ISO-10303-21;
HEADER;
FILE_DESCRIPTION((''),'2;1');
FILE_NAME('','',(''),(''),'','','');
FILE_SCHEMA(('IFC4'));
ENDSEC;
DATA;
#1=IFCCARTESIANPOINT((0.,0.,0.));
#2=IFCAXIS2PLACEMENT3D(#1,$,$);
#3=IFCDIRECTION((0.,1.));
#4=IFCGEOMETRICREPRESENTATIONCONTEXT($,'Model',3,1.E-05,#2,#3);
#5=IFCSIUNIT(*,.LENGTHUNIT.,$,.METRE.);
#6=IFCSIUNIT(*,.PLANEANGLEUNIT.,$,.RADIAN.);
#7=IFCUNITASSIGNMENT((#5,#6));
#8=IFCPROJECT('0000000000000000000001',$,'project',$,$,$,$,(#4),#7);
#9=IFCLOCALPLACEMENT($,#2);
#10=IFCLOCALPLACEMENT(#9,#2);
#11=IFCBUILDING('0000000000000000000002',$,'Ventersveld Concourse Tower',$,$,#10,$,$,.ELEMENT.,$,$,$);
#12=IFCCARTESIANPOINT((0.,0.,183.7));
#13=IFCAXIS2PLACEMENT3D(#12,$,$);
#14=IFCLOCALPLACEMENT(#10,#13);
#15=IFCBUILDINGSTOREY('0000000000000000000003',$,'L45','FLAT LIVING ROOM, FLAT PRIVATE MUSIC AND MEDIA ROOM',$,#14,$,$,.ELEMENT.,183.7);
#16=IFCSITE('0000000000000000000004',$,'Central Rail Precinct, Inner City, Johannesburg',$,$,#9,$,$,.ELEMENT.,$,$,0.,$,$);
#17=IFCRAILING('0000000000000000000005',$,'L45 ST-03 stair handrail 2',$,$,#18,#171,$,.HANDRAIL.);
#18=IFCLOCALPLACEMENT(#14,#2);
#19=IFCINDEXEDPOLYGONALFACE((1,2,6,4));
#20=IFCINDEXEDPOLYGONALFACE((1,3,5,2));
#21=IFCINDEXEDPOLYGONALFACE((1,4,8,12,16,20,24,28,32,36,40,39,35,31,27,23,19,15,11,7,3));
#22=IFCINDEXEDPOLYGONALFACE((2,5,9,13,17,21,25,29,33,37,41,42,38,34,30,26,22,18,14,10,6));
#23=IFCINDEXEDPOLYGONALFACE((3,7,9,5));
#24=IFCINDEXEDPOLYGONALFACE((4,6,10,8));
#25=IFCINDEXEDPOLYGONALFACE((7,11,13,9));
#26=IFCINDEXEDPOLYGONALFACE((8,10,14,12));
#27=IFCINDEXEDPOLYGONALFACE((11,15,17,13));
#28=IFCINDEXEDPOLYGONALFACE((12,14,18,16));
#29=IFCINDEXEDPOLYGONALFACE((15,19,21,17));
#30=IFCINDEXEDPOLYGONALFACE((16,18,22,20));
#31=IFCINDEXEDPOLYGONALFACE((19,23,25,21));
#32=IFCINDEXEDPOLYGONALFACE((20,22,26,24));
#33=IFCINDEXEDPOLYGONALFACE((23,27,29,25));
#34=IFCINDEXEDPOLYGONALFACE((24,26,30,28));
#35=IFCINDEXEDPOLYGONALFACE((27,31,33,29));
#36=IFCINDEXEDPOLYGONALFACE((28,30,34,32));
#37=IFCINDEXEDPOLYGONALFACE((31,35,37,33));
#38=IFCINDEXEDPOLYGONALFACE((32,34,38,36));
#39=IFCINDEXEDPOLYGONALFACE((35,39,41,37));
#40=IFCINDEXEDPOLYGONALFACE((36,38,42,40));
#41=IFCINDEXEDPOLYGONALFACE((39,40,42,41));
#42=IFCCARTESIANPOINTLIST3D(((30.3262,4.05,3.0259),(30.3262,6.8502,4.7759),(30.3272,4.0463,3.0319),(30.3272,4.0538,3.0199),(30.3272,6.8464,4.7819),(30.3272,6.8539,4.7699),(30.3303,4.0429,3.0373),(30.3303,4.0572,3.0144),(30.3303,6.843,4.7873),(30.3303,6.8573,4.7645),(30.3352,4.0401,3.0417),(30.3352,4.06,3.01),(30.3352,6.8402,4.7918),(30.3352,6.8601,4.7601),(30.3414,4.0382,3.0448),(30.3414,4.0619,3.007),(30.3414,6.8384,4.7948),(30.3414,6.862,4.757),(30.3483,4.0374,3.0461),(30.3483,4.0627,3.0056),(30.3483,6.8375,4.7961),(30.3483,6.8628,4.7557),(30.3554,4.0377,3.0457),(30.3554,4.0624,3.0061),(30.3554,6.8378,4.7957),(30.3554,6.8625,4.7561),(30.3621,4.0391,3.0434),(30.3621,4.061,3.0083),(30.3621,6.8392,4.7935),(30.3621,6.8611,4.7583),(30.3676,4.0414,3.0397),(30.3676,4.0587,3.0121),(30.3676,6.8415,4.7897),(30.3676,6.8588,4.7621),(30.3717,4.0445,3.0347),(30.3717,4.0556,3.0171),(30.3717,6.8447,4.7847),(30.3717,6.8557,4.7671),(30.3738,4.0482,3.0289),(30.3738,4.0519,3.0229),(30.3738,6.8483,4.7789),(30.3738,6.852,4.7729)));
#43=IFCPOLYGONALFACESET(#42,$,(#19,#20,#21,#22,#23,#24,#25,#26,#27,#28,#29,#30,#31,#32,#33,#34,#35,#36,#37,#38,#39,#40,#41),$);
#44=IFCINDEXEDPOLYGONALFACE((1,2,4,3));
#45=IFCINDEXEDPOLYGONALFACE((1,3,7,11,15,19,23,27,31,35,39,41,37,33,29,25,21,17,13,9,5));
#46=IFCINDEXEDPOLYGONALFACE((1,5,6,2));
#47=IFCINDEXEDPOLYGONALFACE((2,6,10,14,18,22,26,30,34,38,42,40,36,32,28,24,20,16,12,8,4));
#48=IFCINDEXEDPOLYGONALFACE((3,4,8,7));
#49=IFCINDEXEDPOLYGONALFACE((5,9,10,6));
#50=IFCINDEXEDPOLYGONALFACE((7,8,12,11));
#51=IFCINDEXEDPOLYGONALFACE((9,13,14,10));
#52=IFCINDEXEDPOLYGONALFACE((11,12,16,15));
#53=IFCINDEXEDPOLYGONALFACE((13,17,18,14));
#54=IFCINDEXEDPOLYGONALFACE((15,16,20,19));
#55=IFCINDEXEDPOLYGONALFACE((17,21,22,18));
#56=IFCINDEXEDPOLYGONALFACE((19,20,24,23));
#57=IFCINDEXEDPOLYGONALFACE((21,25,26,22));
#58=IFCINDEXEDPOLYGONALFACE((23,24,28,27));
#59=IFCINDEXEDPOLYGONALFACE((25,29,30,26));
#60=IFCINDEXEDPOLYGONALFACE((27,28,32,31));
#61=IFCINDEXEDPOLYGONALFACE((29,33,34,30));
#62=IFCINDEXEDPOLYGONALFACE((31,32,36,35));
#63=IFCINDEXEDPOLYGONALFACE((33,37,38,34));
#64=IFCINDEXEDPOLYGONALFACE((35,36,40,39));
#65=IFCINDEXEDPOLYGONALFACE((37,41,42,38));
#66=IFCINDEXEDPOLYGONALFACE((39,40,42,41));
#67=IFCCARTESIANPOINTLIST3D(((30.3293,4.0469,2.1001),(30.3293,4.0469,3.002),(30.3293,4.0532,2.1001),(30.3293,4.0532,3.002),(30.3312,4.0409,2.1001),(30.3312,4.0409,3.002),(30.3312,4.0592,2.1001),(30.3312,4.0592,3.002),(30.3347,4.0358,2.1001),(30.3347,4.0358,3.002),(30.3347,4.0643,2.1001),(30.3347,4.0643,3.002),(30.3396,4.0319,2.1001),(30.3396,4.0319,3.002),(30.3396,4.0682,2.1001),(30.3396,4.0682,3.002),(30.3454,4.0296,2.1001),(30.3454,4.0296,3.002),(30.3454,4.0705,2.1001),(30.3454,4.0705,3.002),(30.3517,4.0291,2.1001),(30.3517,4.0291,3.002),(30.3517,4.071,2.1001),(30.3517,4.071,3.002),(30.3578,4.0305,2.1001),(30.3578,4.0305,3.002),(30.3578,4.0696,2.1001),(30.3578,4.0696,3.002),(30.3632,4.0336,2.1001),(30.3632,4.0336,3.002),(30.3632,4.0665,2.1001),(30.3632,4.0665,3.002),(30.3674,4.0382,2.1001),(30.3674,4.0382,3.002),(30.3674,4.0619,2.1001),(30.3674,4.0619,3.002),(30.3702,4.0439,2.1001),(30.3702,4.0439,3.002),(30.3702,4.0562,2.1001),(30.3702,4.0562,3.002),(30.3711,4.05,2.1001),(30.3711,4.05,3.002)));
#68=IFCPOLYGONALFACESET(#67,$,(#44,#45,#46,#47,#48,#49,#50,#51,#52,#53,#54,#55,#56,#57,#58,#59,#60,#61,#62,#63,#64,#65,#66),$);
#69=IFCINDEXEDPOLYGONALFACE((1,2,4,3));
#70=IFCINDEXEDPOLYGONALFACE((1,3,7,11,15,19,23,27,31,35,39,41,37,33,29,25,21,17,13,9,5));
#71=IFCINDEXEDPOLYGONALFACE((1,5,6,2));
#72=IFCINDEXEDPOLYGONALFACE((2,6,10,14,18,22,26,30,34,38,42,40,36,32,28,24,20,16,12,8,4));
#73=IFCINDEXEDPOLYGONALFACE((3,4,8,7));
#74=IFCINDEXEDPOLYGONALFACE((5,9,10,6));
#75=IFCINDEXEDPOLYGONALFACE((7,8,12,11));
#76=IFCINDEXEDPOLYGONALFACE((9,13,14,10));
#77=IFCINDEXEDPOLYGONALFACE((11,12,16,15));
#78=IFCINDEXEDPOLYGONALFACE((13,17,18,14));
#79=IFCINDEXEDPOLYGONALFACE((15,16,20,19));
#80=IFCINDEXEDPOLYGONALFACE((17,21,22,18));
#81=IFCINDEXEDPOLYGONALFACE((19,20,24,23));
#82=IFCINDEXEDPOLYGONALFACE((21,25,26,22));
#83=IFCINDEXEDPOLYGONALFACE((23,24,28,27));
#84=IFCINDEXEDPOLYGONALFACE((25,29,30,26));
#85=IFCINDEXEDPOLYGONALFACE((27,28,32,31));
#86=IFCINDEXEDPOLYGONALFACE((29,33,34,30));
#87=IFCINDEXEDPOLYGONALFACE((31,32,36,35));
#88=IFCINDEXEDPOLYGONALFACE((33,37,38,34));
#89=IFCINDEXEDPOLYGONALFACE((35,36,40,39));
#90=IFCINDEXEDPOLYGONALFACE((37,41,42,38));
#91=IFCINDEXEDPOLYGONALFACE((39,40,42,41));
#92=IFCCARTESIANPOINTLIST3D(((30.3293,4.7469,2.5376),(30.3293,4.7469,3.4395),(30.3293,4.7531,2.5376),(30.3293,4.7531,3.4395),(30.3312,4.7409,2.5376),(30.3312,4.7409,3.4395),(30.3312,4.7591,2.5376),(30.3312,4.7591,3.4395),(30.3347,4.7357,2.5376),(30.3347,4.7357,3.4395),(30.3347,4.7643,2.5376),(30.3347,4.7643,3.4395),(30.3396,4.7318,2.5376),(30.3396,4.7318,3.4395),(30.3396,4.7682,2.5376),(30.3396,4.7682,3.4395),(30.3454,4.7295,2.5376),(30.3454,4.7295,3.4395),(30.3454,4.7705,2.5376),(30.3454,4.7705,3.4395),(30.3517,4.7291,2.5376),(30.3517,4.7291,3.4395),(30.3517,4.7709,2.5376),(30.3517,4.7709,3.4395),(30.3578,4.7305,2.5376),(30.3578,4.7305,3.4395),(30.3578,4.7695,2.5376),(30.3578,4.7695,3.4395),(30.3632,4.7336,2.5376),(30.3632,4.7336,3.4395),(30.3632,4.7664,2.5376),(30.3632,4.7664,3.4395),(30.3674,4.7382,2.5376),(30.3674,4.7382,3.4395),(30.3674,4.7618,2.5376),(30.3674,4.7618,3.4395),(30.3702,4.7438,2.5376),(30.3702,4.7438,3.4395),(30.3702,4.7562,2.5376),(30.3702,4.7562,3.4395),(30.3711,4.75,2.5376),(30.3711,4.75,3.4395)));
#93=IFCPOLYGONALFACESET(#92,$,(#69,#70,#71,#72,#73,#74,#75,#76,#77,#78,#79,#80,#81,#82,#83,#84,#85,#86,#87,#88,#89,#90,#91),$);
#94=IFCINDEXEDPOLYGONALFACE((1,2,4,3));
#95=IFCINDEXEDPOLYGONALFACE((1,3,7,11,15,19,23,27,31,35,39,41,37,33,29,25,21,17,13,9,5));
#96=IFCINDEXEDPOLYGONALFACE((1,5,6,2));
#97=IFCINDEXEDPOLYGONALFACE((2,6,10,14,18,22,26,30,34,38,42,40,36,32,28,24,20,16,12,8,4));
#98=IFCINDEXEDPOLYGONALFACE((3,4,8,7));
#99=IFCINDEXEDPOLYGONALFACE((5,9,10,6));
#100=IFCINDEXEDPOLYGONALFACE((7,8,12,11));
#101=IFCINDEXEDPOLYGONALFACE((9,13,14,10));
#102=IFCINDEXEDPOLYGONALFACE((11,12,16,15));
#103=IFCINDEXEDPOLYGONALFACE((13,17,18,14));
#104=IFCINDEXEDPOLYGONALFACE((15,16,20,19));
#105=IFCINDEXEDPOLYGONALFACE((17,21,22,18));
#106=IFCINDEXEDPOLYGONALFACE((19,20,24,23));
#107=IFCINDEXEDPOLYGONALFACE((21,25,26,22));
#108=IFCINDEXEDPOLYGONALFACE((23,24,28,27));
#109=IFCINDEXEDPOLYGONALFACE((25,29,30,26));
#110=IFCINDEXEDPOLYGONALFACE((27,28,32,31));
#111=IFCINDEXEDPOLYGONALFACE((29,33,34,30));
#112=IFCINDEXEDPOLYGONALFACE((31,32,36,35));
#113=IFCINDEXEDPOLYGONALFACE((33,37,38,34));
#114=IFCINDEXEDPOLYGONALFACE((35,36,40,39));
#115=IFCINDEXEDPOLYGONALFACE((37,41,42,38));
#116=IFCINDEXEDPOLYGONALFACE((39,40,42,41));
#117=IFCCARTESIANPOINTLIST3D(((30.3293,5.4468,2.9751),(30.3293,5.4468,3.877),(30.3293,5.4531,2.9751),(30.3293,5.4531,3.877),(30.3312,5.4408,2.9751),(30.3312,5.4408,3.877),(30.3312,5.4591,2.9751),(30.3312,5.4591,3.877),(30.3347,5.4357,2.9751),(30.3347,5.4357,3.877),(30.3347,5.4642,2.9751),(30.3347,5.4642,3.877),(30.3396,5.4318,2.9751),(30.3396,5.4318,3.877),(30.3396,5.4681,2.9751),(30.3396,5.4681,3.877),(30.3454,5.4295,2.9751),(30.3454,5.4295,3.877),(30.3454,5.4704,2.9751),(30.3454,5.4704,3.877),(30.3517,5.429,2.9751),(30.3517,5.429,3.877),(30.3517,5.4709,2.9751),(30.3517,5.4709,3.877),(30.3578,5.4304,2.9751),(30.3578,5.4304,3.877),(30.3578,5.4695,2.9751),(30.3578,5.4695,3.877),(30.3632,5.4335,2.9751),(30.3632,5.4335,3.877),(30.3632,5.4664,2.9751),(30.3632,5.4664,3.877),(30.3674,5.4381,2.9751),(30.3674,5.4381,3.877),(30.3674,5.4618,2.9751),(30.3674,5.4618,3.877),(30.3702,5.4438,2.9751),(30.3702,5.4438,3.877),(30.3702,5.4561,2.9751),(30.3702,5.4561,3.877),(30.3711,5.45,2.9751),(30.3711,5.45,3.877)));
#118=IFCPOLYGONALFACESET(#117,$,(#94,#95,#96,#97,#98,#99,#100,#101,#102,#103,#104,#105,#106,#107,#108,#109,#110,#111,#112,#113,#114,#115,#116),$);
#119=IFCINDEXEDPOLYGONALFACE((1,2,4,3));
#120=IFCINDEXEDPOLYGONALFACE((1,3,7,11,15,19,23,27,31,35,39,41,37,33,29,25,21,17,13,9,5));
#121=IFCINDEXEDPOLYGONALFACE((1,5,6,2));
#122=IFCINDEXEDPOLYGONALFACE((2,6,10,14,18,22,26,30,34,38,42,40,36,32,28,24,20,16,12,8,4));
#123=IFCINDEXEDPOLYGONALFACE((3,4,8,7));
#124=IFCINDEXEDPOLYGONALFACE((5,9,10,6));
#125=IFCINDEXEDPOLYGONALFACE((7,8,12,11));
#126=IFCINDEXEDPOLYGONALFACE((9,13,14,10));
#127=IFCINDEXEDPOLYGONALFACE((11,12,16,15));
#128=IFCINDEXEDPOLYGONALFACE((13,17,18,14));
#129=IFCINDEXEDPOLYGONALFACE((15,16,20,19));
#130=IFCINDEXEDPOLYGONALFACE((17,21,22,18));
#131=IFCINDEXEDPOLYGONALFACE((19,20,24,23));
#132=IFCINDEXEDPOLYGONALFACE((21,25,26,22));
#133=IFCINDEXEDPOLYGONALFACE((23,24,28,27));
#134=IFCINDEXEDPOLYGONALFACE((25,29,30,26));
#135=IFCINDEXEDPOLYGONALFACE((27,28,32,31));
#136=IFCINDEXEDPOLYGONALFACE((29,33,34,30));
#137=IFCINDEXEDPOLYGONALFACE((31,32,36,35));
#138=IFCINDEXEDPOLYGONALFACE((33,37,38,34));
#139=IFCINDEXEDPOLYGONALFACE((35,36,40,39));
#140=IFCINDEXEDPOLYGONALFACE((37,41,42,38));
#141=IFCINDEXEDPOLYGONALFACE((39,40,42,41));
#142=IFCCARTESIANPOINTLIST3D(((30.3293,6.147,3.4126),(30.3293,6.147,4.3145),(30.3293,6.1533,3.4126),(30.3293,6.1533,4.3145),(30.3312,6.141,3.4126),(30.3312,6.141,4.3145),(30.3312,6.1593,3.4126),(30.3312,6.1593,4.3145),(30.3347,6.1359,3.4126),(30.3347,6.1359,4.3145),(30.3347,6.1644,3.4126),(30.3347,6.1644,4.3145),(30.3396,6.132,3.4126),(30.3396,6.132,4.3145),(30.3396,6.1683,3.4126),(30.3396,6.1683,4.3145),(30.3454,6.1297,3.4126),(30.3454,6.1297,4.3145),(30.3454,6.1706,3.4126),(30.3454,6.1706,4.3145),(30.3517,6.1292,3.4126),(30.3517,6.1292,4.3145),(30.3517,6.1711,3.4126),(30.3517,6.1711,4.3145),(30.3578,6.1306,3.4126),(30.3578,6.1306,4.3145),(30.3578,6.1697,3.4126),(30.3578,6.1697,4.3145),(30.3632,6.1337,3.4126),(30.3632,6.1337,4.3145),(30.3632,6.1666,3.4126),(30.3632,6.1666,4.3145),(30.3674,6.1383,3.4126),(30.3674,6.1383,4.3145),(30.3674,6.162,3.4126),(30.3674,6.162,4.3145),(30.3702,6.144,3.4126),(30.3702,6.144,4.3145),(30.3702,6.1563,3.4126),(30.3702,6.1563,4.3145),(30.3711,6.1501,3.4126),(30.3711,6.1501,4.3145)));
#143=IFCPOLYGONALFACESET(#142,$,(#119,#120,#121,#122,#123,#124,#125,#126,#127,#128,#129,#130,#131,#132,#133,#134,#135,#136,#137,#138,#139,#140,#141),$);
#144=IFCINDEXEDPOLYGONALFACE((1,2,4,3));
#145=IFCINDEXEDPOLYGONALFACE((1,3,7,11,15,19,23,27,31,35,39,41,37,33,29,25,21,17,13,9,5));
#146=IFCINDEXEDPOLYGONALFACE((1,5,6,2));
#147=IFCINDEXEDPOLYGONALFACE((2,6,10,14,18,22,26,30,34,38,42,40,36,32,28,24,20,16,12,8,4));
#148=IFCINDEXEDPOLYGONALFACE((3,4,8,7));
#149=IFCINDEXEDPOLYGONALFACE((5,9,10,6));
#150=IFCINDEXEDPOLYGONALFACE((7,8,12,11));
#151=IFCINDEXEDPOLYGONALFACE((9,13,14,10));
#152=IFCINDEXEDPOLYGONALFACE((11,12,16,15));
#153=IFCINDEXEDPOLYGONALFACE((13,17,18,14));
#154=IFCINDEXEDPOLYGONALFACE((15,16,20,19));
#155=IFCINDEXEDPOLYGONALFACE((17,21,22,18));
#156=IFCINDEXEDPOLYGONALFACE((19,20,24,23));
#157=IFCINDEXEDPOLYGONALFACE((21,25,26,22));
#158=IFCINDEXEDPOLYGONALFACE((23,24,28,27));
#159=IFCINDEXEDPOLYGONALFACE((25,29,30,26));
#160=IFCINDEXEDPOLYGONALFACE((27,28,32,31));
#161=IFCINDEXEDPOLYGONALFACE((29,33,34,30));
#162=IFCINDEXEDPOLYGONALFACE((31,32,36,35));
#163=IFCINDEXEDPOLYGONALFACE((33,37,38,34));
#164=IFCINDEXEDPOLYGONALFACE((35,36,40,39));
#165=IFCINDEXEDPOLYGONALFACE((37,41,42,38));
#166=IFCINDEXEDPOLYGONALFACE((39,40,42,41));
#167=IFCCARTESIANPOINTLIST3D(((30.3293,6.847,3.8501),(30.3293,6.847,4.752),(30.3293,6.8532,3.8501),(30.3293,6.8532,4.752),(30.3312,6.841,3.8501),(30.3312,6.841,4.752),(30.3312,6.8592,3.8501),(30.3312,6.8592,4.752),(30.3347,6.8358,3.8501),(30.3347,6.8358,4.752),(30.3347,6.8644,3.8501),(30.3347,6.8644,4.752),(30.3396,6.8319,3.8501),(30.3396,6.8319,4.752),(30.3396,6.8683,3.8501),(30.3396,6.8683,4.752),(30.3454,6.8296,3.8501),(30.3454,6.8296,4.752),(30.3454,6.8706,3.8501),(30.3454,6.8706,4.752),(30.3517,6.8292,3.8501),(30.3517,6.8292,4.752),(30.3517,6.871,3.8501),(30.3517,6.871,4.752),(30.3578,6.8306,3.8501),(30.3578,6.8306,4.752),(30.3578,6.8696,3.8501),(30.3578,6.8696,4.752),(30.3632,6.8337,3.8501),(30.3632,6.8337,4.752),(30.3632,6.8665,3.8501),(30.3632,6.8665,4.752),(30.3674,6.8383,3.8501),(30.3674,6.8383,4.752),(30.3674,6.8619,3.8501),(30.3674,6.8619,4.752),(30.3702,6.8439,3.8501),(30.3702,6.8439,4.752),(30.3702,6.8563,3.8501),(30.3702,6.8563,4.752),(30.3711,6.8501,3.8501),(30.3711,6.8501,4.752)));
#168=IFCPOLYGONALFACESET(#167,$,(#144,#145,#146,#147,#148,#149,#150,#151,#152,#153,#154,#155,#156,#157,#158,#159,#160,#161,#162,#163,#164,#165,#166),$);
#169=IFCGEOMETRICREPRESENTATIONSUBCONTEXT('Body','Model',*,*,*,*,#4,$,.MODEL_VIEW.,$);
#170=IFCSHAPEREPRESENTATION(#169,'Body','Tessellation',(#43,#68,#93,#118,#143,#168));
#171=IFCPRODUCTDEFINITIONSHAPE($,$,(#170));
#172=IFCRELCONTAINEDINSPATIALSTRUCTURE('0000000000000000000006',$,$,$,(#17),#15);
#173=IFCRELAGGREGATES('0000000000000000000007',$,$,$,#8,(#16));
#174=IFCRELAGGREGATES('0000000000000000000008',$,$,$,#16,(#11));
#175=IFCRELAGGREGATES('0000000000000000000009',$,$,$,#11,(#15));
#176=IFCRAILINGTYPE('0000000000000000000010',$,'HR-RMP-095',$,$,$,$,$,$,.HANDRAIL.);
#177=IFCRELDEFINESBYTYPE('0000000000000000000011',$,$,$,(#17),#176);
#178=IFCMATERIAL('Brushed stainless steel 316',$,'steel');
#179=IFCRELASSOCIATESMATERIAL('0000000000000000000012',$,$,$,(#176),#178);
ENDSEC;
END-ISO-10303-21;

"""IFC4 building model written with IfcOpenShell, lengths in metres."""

from ifc_helpers import new_model, si_unit, direction, frame, origin, origin_2d, place, context, subcontext, project, spatial, circle, extrude, material, type_object, element, save


model = new_model("IFC4")

# Units and contexts
model_context = context("Model", 3, precision=1e-05, world=origin(), true_north=direction((0.0, 1.0)))
body_context = subcontext(model_context, "Body", "Model", "MODEL_VIEW")
ifc_project = project(units=[si_unit("LENGTHUNIT", "METRE"), si_unit("PLANEANGLEUNIT", "RADIAN")], contexts=[model_context])

# Site, building, storey
site_placement = place(None, origin())
site = spatial("IfcSite", under=ifc_project, at=site_placement, Name="Central Rail Precinct, Inner City, Johannesburg", CompositionType="ELEMENT", RefElevation=0.0)
building_placement = place(site_placement, origin())
building = spatial("IfcBuilding", under=site, at=building_placement, Name="Ventersveld Concourse Tower", CompositionType="ELEMENT")
storey_placement = place(building_placement, frame((0.0, 0.0, 183.7)))
storey = spatial("IfcBuildingStorey", under=building, at=storey_placement, Name="L45", Description="FLAT LIVING ROOM, FLAT PRIVATE MUSIC AND MEDIA ROOM", CompositionType="ELEMENT", Elevation=183.7)

# Shared definitions
ifc_material_1 = material(Name="Brushed stainless steel 316", Category="steel")

# Railing
railing_type_1 = type_object("IfcRailingType", Name="HR-RMP-095", PredefinedType="HANDRAIL", material=ifc_material_1)
railing_1_placement = place(storey_placement, frame((30.3501, 4.05, 2.1001)))
element("IfcRailing", 1, at=railing_1_placement, inside=storey, type_object=railing_type_1, Name="L45 ST-03 stair handrail 2", PredefinedType="HANDRAIL", context=body_context, shape_type="SweptSolid", body=[
    extrude(circle(Radius=0.0239, at=origin_2d()), frame((0.0, 0.0, 0.9258), z_axis=(0.0, 0.848002, 0.529992), x_axis=(-1.0, 0.0, 0.0)), (0.0, 0.0, 1.0), 3.302),
    extrude(circle(Radius=0.021, at=origin_2d()), origin(), (0.0, 0.0, 1.0), 0.9019),
    extrude(circle(Radius=0.021, at=origin_2d()), frame((0.0, 0.7, 0.4375)), (0.0, 0.0, 1.0), 0.9019),
    extrude(circle(Radius=0.021, at=origin_2d()), frame((0.0, 1.3999, 0.875)), (0.0, 0.0, 1.0), 0.9019),
    extrude(circle(Radius=0.021, at=origin_2d()), frame((0.0, 2.1001, 1.3125)), (0.0, 0.0, 1.0), 0.9019),
    extrude(circle(Radius=0.021, at=origin_2d()), frame((0.0, 2.8, 1.75)), (0.0, 0.0, 1.0), 0.9019),
])

save(model, "model.ifc")
